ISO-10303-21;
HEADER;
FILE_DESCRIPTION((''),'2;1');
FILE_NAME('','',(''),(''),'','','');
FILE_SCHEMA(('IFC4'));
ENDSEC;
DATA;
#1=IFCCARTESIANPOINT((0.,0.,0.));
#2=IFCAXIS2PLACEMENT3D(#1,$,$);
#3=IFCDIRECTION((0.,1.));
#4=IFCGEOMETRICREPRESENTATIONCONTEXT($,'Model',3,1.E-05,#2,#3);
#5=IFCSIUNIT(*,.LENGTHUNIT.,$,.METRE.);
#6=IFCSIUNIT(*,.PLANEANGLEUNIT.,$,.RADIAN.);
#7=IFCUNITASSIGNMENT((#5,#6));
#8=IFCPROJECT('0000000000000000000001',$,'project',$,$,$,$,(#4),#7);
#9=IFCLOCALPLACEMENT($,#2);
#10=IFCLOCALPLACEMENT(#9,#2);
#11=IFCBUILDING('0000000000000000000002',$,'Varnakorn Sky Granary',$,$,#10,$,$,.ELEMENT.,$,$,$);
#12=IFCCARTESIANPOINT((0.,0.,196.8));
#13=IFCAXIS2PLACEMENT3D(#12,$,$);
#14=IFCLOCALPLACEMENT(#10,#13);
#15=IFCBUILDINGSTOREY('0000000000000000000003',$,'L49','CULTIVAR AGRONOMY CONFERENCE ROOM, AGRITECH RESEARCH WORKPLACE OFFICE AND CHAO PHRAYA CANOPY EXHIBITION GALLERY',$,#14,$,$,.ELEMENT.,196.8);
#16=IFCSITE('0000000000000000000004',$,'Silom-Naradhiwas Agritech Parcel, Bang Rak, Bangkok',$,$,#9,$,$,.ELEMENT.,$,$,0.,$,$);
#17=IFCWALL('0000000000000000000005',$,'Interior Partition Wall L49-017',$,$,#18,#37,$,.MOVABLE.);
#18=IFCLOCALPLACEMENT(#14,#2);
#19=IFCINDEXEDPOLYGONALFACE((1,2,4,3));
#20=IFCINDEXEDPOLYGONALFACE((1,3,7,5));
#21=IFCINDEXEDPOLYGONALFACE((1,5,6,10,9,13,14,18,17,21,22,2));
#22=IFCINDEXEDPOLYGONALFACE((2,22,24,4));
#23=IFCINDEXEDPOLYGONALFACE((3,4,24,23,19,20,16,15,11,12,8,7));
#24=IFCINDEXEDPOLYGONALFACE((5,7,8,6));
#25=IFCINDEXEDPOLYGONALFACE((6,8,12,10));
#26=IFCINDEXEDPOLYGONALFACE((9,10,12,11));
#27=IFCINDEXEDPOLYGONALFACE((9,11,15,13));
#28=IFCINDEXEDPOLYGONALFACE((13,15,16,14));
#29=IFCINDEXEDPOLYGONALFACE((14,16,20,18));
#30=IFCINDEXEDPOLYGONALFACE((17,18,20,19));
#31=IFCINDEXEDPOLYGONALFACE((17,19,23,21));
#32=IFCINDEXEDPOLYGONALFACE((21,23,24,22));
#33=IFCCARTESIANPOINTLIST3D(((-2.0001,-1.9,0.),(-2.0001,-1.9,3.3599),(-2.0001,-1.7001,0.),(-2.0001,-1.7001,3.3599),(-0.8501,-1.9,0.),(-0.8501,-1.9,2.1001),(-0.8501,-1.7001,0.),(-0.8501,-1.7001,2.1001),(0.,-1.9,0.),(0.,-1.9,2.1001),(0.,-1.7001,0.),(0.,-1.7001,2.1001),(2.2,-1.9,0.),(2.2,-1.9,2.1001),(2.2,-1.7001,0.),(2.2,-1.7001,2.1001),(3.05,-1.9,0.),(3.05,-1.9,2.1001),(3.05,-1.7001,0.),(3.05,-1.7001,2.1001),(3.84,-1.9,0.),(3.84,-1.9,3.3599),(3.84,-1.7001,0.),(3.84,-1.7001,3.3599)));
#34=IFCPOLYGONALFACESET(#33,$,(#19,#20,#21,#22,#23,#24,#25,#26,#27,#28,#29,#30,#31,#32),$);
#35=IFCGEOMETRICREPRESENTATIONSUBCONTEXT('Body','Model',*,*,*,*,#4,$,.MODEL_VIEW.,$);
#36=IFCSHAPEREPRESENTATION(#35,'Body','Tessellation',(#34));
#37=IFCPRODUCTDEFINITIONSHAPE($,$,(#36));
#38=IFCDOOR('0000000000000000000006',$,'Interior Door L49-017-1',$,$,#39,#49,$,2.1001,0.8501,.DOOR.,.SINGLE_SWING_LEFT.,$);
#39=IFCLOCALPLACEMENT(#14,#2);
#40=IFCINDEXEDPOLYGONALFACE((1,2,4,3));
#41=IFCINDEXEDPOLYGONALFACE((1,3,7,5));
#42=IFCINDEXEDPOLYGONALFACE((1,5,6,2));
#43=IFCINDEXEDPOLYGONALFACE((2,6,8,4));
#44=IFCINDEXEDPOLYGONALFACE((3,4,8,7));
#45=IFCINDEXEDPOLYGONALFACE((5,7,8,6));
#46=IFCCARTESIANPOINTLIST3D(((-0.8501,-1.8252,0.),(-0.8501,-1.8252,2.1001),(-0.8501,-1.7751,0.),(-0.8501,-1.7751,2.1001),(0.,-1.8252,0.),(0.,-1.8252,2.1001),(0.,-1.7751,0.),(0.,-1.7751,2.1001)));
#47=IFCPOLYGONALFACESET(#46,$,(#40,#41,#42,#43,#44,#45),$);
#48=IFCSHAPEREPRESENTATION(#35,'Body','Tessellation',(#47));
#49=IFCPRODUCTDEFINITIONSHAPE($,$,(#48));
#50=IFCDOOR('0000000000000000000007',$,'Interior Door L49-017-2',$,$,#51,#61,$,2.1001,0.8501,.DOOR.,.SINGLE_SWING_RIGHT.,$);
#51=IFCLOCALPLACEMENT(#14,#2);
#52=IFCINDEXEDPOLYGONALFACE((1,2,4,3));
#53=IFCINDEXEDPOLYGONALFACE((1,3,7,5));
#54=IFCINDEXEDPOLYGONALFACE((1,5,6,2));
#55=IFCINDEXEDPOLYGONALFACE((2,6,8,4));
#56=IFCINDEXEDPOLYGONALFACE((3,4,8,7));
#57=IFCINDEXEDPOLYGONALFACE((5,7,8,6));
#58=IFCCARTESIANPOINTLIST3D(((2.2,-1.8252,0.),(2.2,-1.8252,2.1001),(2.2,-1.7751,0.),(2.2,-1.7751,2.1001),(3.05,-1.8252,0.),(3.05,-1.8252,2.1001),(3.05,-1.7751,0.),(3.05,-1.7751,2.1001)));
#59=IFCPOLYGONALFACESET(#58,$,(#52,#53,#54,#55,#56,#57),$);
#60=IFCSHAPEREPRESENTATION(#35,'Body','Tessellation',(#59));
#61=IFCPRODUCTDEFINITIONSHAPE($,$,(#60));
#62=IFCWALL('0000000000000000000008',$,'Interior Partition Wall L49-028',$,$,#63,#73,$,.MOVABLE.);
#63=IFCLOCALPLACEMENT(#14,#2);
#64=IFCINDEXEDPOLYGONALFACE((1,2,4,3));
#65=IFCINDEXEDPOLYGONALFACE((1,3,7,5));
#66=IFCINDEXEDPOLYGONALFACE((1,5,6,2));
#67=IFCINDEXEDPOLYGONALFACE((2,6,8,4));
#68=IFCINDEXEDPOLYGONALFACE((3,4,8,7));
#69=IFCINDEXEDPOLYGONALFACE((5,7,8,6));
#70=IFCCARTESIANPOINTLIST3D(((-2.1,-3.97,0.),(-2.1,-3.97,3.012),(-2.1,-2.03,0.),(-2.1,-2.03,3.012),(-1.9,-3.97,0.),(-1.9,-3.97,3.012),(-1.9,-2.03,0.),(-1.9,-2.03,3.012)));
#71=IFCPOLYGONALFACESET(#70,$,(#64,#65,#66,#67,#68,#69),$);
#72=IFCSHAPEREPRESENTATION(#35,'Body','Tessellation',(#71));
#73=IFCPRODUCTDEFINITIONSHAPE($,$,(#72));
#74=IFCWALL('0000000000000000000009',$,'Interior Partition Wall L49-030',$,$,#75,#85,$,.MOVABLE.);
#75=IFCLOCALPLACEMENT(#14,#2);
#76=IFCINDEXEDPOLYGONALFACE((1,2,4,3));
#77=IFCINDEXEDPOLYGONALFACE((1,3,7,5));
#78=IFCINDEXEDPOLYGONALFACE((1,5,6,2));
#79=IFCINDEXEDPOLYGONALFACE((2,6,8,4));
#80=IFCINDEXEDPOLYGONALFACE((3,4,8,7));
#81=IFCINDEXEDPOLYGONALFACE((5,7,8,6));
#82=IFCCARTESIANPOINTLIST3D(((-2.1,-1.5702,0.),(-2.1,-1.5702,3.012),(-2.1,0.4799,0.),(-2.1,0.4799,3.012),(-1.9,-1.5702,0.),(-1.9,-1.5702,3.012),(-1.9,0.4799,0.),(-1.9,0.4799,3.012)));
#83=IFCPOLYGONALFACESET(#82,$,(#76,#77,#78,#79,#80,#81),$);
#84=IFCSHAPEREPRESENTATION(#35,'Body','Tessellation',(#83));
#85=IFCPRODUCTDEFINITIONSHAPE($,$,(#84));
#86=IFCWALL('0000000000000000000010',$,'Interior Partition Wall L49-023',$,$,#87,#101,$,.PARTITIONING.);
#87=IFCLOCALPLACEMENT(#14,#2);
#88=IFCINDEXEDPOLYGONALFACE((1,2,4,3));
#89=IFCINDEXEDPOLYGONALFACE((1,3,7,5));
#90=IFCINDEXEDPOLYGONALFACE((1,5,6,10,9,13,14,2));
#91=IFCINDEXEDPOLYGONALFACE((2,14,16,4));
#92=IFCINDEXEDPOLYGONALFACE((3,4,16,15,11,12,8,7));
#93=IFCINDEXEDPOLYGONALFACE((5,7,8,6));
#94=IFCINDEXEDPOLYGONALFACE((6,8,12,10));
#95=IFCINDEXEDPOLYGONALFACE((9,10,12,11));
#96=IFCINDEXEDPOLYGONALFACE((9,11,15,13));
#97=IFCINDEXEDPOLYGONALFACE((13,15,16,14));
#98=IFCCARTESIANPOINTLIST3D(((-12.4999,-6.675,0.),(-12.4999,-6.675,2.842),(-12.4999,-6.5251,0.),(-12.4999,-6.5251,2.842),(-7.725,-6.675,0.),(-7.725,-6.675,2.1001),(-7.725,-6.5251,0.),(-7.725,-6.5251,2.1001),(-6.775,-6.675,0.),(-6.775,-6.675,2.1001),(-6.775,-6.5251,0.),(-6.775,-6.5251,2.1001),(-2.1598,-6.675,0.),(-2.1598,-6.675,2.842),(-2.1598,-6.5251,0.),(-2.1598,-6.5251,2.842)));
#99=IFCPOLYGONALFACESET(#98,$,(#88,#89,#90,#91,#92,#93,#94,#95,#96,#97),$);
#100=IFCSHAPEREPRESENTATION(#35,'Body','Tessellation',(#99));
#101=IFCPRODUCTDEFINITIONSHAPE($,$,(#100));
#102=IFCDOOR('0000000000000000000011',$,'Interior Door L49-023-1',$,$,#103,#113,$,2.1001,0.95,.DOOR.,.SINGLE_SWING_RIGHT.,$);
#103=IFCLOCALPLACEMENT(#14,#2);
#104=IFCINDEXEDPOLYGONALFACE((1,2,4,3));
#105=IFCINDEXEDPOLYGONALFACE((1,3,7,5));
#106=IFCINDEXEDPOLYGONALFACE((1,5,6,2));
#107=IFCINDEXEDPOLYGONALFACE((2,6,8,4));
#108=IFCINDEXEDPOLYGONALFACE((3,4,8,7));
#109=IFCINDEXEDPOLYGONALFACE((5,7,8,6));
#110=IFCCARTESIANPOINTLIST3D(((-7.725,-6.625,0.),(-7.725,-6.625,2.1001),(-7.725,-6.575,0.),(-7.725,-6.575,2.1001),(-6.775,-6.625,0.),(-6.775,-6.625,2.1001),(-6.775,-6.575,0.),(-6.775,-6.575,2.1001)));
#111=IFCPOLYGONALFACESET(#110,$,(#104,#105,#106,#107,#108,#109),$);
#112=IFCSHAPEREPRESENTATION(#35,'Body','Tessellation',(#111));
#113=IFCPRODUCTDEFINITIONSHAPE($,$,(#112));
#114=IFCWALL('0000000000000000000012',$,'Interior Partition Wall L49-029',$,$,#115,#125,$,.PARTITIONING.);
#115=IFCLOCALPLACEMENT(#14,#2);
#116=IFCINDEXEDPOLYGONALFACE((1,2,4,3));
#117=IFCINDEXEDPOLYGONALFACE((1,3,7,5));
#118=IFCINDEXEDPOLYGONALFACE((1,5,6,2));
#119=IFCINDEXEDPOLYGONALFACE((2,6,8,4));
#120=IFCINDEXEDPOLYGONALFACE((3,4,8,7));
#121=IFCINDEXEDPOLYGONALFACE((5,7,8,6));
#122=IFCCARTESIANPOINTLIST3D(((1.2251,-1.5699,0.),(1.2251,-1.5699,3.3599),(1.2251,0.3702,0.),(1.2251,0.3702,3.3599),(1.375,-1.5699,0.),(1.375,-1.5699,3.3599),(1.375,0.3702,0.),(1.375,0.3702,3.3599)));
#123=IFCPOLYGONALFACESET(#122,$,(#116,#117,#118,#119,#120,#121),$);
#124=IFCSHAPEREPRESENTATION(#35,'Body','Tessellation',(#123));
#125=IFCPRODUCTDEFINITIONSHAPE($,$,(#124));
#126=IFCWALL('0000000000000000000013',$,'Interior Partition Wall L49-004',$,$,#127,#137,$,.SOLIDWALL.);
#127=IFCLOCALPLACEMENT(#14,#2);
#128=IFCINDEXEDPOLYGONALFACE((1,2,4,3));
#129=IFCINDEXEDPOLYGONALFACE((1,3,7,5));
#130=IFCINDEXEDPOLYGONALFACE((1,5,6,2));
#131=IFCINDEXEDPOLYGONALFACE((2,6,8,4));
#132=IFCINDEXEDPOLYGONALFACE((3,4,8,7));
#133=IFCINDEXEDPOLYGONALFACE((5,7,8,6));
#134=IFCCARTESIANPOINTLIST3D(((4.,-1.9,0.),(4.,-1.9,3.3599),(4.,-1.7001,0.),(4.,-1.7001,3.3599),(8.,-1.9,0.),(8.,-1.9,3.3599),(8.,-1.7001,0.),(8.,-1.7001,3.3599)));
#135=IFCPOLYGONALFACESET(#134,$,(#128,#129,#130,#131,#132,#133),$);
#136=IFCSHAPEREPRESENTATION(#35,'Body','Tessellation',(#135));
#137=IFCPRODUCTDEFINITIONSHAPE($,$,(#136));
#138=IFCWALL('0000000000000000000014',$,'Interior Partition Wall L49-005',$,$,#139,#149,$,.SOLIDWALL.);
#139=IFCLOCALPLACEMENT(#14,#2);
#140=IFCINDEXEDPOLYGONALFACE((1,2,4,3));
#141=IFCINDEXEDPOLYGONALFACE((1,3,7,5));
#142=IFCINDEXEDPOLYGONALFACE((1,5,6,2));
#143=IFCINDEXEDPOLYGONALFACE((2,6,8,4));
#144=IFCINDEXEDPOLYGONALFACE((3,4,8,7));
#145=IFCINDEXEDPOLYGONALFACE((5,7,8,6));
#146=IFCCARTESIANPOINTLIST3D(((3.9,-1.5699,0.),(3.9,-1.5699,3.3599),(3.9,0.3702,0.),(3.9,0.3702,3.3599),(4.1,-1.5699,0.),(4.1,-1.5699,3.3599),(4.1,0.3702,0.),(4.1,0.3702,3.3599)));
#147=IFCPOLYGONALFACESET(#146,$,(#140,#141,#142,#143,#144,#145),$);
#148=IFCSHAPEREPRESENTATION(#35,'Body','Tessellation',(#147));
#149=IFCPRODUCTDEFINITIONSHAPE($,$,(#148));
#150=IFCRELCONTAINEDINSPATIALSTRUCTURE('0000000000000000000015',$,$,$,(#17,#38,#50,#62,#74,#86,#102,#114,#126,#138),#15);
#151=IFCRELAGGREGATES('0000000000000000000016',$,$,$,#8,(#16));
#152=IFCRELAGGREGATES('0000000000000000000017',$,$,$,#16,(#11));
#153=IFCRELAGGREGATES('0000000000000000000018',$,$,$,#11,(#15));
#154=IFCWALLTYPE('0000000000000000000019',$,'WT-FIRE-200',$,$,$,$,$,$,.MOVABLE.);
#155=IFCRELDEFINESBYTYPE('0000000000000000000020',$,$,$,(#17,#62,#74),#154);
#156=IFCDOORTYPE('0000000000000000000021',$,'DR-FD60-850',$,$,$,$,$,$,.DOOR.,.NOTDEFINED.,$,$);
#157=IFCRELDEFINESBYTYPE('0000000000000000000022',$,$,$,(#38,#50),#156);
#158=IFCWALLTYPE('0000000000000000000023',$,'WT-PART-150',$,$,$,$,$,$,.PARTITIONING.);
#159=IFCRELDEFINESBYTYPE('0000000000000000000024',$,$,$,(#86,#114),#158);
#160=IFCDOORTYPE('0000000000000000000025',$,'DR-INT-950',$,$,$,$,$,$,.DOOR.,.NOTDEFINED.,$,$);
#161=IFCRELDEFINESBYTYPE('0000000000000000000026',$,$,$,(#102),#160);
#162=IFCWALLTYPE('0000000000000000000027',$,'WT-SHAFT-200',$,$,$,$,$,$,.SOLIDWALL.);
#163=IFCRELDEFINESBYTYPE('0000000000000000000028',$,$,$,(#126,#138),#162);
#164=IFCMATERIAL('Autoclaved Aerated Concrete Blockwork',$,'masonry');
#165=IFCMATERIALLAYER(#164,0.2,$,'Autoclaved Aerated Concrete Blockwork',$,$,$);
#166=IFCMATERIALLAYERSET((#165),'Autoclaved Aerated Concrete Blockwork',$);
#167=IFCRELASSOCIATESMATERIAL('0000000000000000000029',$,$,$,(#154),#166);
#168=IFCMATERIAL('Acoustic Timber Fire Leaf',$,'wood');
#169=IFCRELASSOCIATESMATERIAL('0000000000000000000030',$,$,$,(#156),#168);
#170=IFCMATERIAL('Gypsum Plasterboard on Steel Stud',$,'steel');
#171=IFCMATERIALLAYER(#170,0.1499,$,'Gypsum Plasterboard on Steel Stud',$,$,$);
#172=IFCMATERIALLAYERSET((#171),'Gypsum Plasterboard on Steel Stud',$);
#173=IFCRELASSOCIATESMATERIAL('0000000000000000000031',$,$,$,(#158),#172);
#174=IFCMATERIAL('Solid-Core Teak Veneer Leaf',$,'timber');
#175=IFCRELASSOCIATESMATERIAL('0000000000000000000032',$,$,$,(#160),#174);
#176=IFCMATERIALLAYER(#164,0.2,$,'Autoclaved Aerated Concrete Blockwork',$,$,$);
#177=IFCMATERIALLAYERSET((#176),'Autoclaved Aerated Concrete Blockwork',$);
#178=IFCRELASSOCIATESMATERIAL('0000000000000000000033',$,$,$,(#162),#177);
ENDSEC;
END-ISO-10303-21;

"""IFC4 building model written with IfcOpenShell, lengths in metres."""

from ifc_helpers import new_model, si_unit, direction, frame, frame_2d, origin, place, context, subcontext, project, spatial, rectangle, extrude, material, layer, layer_set, type_object, element, fill, save


model = new_model("IFC4")

# Units and contexts
model_context = context("Model", 3, precision=1e-05, world=origin(), true_north=direction((0.0, 1.0)))
body_context = subcontext(model_context, "Body", "Model", "MODEL_VIEW")
ifc_project = project(units=[si_unit("LENGTHUNIT", "METRE"), si_unit("PLANEANGLEUNIT", "RADIAN")], contexts=[model_context])

# Site, building, storey
site_placement = place(None, origin())
site = spatial("IfcSite", under=ifc_project, at=site_placement, Name="Silom-Naradhiwas Agritech Parcel, Bang Rak, Bangkok", CompositionType="ELEMENT", RefElevation=0.0)
building_placement = place(site_placement, origin())
building = spatial("IfcBuilding", under=site, at=building_placement, Name="Varnakorn Sky Granary", CompositionType="ELEMENT")
storey_placement = place(building_placement, frame((0.0, 0.0, 196.8)))
storey = spatial("IfcBuildingStorey", under=building, at=storey_placement, Name="L49", Description="CULTIVAR AGRONOMY CONFERENCE ROOM, AGRITECH RESEARCH WORKPLACE OFFICE AND CHAO PHRAYA CANOPY EXHIBITION GALLERY", CompositionType="ELEMENT", Elevation=196.8)

# Wall, openings, doors
ifc_material_1 = material(Name="Autoclaved Aerated Concrete Blockwork", Category="masonry")
ifc_layer_1 = layer(ifc_material_1, 0.2, Name="Autoclaved Aerated Concrete Blockwork")
ifc_layer_set_1 = layer_set([ifc_layer_1], Name="Autoclaved Aerated Concrete Blockwork")
wall_type_1 = type_object("IfcWallType", Name="WT-FIRE-200", PredefinedType="MOVABLE", material=ifc_layer_set_1)
wall_1_placement = place(storey_placement, frame((-2.0, -1.8, 0.0), z_axis=(0.0, 0.0, 1.0), x_axis=(1.0, 0.0, 0.0)))
wall_1 = element("IfcWall", 1, at=wall_1_placement, inside=storey, type_object=wall_type_1, Name="Interior Partition Wall L49-017", PredefinedType="MOVABLE", context=body_context, shape_type="SweptSolid", body=[
    extrude(rectangle(XDim=5.8401, YDim=0.2, at=frame_2d((2.9199, 0.0))), origin(), (0.0, 0.0, 1.0), 3.3599),
])
opening_1_placement = place(wall_1_placement, frame((1.1499, 0.0, 0.0)))
opening_1 = element("IfcOpeningElement", 2, at=opening_1_placement, cuts=wall_1, PredefinedType="OPENING", context=body_context, shape_type="SweptSolid", body=[
    extrude(rectangle(XDim=0.8501, YDim=2.1001, at=frame_2d((0.425, 1.05))), frame((0.0, 0.1099, 0.0), z_axis=(0.0, -1.0, 0.0), x_axis=(1.0, 0.0, 0.0)), (0.0, 0.0, 1.0), 0.22),
])
opening_2_placement = place(wall_1_placement, frame((4.2, 0.0, 0.0)))
opening_2 = element("IfcOpeningElement", 3, at=opening_2_placement, cuts=wall_1, PredefinedType="OPENING", context=body_context, shape_type="SweptSolid", body=[
    extrude(rectangle(XDim=0.8501, YDim=2.1001, at=frame_2d((0.425, 1.05))), frame((0.0, 0.1099, 0.0), z_axis=(0.0, -1.0, 0.0), x_axis=(1.0, 0.0, 0.0)), (0.0, 0.0, 1.0), 0.22),
])
ifc_material_2 = material(Name="Acoustic Timber Fire Leaf", Category="wood")
door_type_1 = type_object("IfcDoorType", Name="DR-FD60-850", OperationType="NOTDEFINED", PredefinedType="DOOR", material=ifc_material_2)
door_1_placement = place(opening_1_placement, origin())
door_1 = element("IfcDoor", 4, at=door_1_placement, inside=storey, type_object=door_type_1, Name="Interior Door L49-017-1", OperationType="SINGLE_SWING_LEFT", OverallHeight=2.1001, OverallWidth=0.8501, PredefinedType="DOOR", context=body_context, shape_type="SweptSolid", body=[
    extrude(rectangle(XDim=0.8501, YDim=2.1001, at=frame_2d((0.425, 1.05))), frame((0.0, 0.0249, 0.0), z_axis=(0.0, -1.0, 0.0), x_axis=(1.0, 0.0, 0.0)), (0.0, 0.0, 1.0), 0.05),
])
fill(opening_1, door_1)
door_2_placement = place(opening_2_placement, origin())
door_2 = element("IfcDoor", 5, at=door_2_placement, inside=storey, type_object=door_type_1, Name="Interior Door L49-017-2", OperationType="SINGLE_SWING_RIGHT", OverallHeight=2.1001, OverallWidth=0.8501, PredefinedType="DOOR", context=body_context, shape_type="SweptSolid", body=[
    extrude(rectangle(XDim=0.8501, YDim=2.1001, at=frame_2d((0.425, 1.05))), frame((0.0, 0.0249, 0.0), z_axis=(0.0, -1.0, 0.0), x_axis=(1.0, 0.0, 0.0)), (0.0, 0.0, 1.0), 0.05),
])
fill(opening_2, door_2)

# Walls
wall_2_placement = place(storey_placement, frame((-2.0, -3.97, 0.0), z_axis=(0.0, 0.0, 1.0), x_axis=(0.0, 1.0, 0.0)))
element("IfcWall", 6, at=wall_2_placement, inside=storey, type_object=wall_type_1, Name="Interior Partition Wall L49-028", PredefinedType="MOVABLE", context=body_context, shape_type="SweptSolid", body=[
    extrude(rectangle(XDim=1.9399, YDim=0.2, at=frame_2d((0.97, 0.0))), origin(), (0.0, 0.0, 1.0), 3.012),
])
wall_3_placement = place(storey_placement, frame((-2.0, -1.5701, 0.0), z_axis=(0.0, 0.0, 1.0), x_axis=(0.0, 1.0, 0.0)))
element("IfcWall", 7, at=wall_3_placement, inside=storey, type_object=wall_type_1, Name="Interior Partition Wall L49-030", PredefinedType="MOVABLE", context=body_context, shape_type="SweptSolid", body=[
    extrude(rectangle(XDim=2.05, YDim=0.2, at=frame_2d((1.0249, 0.0))), origin(), (0.0, 0.0, 1.0), 3.012),
])

# Wall, opening, door
ifc_material_3 = material(Name="Gypsum Plasterboard on Steel Stud", Category="steel")
ifc_layer_2 = layer(ifc_material_3, 0.1499, Name="Gypsum Plasterboard on Steel Stud")
ifc_layer_set_2 = layer_set([ifc_layer_2], Name="Gypsum Plasterboard on Steel Stud")
wall_type_2 = type_object("IfcWallType", Name="WT-PART-150", PredefinedType="PARTITIONING", material=ifc_layer_set_2)
wall_4_placement = place(storey_placement, frame((-2.1599, -6.6001, 0.0), z_axis=(0.0, 0.0, 1.0), x_axis=(-1.0, 0.0, 0.0)))
wall_4 = element("IfcWall", 8, at=wall_4_placement, inside=storey, type_object=wall_type_2, Name="Interior Partition Wall L49-023", PredefinedType="PARTITIONING", context=body_context, shape_type="SweptSolid", body=[
    extrude(rectangle(XDim=10.3401, YDim=0.1499, at=frame_2d((5.1699, 0.0))), origin(), (0.0, 0.0, 1.0), 2.842),
])
opening_3_placement = place(wall_4_placement, frame((4.615, 0.0, 0.0)))
opening_3 = element("IfcOpeningElement", 9, at=opening_3_placement, cuts=wall_4, PredefinedType="OPENING", context=body_context, shape_type="SweptSolid", body=[
    extrude(rectangle(XDim=0.95, YDim=2.1001, at=frame_2d((0.4751, 1.05))), frame((0.0, 0.085, 0.0), z_axis=(0.0, -1.0, 0.0), x_axis=(1.0, 0.0, 0.0)), (0.0, 0.0, 1.0), 0.1699),
])
ifc_material_4 = material(Name="Solid-Core Teak Veneer Leaf", Category="timber")
door_type_2 = type_object("IfcDoorType", Name="DR-INT-950", OperationType="NOTDEFINED", PredefinedType="DOOR", material=ifc_material_4)
door_3_placement = place(opening_3_placement, origin())
door_3 = element("IfcDoor", 10, at=door_3_placement, inside=storey, type_object=door_type_2, Name="Interior Door L49-023-1", OperationType="SINGLE_SWING_RIGHT", OverallHeight=2.1001, OverallWidth=0.95, PredefinedType="DOOR", context=body_context, shape_type="SweptSolid", body=[
    extrude(rectangle(XDim=0.95, YDim=2.1001, at=frame_2d((0.4751, 1.05))), frame((0.0, 0.0249, 0.0), z_axis=(0.0, -1.0, 0.0), x_axis=(1.0, 0.0, 0.0)), (0.0, 0.0, 1.0), 0.05),
])
fill(opening_3, door_3)

# Walls
wall_5_placement = place(storey_placement, frame((1.3, -1.5701, 0.0), z_axis=(0.0, 0.0, 1.0), x_axis=(0.0, 1.0, 0.0)))
element("IfcWall", 11, at=wall_5_placement, inside=storey, type_object=wall_type_2, Name="Interior Partition Wall L49-029", PredefinedType="PARTITIONING", context=body_context, shape_type="SweptSolid", body=[
    extrude(rectangle(XDim=1.9402, YDim=0.1499, at=frame_2d((0.9702, 0.0))), origin(), (0.0, 0.0, 1.0), 3.3599),
])
ifc_layer_3 = layer(ifc_material_1, 0.2, Name="Autoclaved Aerated Concrete Blockwork")
ifc_layer_set_3 = layer_set([ifc_layer_3], Name="Autoclaved Aerated Concrete Blockwork")
wall_type_3 = type_object("IfcWallType", Name="WT-SHAFT-200", PredefinedType="SOLIDWALL", material=ifc_layer_set_3)
wall_6_placement = place(storey_placement, frame((4.0, -1.8, 0.0), z_axis=(0.0, 0.0, 1.0), x_axis=(1.0, 0.0, 0.0)))
element("IfcWall", 12, at=wall_6_placement, inside=storey, type_object=wall_type_3, Name="Interior Partition Wall L49-004", PredefinedType="SOLIDWALL", context=body_context, shape_type="SweptSolid", body=[
    extrude(rectangle(XDim=4.0, YDim=0.2, at=frame_2d((2.0, 0.0))), origin(), (0.0, 0.0, 1.0), 3.3599),
])
wall_7_placement = place(storey_placement, frame((4.0, -1.5701, 0.0), z_axis=(0.0, 0.0, 1.0), x_axis=(0.0, 1.0, 0.0)))
element("IfcWall", 13, at=wall_7_placement, inside=storey, type_object=wall_type_3, Name="Interior Partition Wall L49-005", PredefinedType="SOLIDWALL", context=body_context, shape_type="SweptSolid", body=[
    extrude(rectangle(XDim=1.9402, YDim=0.2, at=frame_2d((0.9702, 0.0))), origin(), (0.0, 0.0, 1.0), 3.3599),
])

save(model, "model.ifc")
